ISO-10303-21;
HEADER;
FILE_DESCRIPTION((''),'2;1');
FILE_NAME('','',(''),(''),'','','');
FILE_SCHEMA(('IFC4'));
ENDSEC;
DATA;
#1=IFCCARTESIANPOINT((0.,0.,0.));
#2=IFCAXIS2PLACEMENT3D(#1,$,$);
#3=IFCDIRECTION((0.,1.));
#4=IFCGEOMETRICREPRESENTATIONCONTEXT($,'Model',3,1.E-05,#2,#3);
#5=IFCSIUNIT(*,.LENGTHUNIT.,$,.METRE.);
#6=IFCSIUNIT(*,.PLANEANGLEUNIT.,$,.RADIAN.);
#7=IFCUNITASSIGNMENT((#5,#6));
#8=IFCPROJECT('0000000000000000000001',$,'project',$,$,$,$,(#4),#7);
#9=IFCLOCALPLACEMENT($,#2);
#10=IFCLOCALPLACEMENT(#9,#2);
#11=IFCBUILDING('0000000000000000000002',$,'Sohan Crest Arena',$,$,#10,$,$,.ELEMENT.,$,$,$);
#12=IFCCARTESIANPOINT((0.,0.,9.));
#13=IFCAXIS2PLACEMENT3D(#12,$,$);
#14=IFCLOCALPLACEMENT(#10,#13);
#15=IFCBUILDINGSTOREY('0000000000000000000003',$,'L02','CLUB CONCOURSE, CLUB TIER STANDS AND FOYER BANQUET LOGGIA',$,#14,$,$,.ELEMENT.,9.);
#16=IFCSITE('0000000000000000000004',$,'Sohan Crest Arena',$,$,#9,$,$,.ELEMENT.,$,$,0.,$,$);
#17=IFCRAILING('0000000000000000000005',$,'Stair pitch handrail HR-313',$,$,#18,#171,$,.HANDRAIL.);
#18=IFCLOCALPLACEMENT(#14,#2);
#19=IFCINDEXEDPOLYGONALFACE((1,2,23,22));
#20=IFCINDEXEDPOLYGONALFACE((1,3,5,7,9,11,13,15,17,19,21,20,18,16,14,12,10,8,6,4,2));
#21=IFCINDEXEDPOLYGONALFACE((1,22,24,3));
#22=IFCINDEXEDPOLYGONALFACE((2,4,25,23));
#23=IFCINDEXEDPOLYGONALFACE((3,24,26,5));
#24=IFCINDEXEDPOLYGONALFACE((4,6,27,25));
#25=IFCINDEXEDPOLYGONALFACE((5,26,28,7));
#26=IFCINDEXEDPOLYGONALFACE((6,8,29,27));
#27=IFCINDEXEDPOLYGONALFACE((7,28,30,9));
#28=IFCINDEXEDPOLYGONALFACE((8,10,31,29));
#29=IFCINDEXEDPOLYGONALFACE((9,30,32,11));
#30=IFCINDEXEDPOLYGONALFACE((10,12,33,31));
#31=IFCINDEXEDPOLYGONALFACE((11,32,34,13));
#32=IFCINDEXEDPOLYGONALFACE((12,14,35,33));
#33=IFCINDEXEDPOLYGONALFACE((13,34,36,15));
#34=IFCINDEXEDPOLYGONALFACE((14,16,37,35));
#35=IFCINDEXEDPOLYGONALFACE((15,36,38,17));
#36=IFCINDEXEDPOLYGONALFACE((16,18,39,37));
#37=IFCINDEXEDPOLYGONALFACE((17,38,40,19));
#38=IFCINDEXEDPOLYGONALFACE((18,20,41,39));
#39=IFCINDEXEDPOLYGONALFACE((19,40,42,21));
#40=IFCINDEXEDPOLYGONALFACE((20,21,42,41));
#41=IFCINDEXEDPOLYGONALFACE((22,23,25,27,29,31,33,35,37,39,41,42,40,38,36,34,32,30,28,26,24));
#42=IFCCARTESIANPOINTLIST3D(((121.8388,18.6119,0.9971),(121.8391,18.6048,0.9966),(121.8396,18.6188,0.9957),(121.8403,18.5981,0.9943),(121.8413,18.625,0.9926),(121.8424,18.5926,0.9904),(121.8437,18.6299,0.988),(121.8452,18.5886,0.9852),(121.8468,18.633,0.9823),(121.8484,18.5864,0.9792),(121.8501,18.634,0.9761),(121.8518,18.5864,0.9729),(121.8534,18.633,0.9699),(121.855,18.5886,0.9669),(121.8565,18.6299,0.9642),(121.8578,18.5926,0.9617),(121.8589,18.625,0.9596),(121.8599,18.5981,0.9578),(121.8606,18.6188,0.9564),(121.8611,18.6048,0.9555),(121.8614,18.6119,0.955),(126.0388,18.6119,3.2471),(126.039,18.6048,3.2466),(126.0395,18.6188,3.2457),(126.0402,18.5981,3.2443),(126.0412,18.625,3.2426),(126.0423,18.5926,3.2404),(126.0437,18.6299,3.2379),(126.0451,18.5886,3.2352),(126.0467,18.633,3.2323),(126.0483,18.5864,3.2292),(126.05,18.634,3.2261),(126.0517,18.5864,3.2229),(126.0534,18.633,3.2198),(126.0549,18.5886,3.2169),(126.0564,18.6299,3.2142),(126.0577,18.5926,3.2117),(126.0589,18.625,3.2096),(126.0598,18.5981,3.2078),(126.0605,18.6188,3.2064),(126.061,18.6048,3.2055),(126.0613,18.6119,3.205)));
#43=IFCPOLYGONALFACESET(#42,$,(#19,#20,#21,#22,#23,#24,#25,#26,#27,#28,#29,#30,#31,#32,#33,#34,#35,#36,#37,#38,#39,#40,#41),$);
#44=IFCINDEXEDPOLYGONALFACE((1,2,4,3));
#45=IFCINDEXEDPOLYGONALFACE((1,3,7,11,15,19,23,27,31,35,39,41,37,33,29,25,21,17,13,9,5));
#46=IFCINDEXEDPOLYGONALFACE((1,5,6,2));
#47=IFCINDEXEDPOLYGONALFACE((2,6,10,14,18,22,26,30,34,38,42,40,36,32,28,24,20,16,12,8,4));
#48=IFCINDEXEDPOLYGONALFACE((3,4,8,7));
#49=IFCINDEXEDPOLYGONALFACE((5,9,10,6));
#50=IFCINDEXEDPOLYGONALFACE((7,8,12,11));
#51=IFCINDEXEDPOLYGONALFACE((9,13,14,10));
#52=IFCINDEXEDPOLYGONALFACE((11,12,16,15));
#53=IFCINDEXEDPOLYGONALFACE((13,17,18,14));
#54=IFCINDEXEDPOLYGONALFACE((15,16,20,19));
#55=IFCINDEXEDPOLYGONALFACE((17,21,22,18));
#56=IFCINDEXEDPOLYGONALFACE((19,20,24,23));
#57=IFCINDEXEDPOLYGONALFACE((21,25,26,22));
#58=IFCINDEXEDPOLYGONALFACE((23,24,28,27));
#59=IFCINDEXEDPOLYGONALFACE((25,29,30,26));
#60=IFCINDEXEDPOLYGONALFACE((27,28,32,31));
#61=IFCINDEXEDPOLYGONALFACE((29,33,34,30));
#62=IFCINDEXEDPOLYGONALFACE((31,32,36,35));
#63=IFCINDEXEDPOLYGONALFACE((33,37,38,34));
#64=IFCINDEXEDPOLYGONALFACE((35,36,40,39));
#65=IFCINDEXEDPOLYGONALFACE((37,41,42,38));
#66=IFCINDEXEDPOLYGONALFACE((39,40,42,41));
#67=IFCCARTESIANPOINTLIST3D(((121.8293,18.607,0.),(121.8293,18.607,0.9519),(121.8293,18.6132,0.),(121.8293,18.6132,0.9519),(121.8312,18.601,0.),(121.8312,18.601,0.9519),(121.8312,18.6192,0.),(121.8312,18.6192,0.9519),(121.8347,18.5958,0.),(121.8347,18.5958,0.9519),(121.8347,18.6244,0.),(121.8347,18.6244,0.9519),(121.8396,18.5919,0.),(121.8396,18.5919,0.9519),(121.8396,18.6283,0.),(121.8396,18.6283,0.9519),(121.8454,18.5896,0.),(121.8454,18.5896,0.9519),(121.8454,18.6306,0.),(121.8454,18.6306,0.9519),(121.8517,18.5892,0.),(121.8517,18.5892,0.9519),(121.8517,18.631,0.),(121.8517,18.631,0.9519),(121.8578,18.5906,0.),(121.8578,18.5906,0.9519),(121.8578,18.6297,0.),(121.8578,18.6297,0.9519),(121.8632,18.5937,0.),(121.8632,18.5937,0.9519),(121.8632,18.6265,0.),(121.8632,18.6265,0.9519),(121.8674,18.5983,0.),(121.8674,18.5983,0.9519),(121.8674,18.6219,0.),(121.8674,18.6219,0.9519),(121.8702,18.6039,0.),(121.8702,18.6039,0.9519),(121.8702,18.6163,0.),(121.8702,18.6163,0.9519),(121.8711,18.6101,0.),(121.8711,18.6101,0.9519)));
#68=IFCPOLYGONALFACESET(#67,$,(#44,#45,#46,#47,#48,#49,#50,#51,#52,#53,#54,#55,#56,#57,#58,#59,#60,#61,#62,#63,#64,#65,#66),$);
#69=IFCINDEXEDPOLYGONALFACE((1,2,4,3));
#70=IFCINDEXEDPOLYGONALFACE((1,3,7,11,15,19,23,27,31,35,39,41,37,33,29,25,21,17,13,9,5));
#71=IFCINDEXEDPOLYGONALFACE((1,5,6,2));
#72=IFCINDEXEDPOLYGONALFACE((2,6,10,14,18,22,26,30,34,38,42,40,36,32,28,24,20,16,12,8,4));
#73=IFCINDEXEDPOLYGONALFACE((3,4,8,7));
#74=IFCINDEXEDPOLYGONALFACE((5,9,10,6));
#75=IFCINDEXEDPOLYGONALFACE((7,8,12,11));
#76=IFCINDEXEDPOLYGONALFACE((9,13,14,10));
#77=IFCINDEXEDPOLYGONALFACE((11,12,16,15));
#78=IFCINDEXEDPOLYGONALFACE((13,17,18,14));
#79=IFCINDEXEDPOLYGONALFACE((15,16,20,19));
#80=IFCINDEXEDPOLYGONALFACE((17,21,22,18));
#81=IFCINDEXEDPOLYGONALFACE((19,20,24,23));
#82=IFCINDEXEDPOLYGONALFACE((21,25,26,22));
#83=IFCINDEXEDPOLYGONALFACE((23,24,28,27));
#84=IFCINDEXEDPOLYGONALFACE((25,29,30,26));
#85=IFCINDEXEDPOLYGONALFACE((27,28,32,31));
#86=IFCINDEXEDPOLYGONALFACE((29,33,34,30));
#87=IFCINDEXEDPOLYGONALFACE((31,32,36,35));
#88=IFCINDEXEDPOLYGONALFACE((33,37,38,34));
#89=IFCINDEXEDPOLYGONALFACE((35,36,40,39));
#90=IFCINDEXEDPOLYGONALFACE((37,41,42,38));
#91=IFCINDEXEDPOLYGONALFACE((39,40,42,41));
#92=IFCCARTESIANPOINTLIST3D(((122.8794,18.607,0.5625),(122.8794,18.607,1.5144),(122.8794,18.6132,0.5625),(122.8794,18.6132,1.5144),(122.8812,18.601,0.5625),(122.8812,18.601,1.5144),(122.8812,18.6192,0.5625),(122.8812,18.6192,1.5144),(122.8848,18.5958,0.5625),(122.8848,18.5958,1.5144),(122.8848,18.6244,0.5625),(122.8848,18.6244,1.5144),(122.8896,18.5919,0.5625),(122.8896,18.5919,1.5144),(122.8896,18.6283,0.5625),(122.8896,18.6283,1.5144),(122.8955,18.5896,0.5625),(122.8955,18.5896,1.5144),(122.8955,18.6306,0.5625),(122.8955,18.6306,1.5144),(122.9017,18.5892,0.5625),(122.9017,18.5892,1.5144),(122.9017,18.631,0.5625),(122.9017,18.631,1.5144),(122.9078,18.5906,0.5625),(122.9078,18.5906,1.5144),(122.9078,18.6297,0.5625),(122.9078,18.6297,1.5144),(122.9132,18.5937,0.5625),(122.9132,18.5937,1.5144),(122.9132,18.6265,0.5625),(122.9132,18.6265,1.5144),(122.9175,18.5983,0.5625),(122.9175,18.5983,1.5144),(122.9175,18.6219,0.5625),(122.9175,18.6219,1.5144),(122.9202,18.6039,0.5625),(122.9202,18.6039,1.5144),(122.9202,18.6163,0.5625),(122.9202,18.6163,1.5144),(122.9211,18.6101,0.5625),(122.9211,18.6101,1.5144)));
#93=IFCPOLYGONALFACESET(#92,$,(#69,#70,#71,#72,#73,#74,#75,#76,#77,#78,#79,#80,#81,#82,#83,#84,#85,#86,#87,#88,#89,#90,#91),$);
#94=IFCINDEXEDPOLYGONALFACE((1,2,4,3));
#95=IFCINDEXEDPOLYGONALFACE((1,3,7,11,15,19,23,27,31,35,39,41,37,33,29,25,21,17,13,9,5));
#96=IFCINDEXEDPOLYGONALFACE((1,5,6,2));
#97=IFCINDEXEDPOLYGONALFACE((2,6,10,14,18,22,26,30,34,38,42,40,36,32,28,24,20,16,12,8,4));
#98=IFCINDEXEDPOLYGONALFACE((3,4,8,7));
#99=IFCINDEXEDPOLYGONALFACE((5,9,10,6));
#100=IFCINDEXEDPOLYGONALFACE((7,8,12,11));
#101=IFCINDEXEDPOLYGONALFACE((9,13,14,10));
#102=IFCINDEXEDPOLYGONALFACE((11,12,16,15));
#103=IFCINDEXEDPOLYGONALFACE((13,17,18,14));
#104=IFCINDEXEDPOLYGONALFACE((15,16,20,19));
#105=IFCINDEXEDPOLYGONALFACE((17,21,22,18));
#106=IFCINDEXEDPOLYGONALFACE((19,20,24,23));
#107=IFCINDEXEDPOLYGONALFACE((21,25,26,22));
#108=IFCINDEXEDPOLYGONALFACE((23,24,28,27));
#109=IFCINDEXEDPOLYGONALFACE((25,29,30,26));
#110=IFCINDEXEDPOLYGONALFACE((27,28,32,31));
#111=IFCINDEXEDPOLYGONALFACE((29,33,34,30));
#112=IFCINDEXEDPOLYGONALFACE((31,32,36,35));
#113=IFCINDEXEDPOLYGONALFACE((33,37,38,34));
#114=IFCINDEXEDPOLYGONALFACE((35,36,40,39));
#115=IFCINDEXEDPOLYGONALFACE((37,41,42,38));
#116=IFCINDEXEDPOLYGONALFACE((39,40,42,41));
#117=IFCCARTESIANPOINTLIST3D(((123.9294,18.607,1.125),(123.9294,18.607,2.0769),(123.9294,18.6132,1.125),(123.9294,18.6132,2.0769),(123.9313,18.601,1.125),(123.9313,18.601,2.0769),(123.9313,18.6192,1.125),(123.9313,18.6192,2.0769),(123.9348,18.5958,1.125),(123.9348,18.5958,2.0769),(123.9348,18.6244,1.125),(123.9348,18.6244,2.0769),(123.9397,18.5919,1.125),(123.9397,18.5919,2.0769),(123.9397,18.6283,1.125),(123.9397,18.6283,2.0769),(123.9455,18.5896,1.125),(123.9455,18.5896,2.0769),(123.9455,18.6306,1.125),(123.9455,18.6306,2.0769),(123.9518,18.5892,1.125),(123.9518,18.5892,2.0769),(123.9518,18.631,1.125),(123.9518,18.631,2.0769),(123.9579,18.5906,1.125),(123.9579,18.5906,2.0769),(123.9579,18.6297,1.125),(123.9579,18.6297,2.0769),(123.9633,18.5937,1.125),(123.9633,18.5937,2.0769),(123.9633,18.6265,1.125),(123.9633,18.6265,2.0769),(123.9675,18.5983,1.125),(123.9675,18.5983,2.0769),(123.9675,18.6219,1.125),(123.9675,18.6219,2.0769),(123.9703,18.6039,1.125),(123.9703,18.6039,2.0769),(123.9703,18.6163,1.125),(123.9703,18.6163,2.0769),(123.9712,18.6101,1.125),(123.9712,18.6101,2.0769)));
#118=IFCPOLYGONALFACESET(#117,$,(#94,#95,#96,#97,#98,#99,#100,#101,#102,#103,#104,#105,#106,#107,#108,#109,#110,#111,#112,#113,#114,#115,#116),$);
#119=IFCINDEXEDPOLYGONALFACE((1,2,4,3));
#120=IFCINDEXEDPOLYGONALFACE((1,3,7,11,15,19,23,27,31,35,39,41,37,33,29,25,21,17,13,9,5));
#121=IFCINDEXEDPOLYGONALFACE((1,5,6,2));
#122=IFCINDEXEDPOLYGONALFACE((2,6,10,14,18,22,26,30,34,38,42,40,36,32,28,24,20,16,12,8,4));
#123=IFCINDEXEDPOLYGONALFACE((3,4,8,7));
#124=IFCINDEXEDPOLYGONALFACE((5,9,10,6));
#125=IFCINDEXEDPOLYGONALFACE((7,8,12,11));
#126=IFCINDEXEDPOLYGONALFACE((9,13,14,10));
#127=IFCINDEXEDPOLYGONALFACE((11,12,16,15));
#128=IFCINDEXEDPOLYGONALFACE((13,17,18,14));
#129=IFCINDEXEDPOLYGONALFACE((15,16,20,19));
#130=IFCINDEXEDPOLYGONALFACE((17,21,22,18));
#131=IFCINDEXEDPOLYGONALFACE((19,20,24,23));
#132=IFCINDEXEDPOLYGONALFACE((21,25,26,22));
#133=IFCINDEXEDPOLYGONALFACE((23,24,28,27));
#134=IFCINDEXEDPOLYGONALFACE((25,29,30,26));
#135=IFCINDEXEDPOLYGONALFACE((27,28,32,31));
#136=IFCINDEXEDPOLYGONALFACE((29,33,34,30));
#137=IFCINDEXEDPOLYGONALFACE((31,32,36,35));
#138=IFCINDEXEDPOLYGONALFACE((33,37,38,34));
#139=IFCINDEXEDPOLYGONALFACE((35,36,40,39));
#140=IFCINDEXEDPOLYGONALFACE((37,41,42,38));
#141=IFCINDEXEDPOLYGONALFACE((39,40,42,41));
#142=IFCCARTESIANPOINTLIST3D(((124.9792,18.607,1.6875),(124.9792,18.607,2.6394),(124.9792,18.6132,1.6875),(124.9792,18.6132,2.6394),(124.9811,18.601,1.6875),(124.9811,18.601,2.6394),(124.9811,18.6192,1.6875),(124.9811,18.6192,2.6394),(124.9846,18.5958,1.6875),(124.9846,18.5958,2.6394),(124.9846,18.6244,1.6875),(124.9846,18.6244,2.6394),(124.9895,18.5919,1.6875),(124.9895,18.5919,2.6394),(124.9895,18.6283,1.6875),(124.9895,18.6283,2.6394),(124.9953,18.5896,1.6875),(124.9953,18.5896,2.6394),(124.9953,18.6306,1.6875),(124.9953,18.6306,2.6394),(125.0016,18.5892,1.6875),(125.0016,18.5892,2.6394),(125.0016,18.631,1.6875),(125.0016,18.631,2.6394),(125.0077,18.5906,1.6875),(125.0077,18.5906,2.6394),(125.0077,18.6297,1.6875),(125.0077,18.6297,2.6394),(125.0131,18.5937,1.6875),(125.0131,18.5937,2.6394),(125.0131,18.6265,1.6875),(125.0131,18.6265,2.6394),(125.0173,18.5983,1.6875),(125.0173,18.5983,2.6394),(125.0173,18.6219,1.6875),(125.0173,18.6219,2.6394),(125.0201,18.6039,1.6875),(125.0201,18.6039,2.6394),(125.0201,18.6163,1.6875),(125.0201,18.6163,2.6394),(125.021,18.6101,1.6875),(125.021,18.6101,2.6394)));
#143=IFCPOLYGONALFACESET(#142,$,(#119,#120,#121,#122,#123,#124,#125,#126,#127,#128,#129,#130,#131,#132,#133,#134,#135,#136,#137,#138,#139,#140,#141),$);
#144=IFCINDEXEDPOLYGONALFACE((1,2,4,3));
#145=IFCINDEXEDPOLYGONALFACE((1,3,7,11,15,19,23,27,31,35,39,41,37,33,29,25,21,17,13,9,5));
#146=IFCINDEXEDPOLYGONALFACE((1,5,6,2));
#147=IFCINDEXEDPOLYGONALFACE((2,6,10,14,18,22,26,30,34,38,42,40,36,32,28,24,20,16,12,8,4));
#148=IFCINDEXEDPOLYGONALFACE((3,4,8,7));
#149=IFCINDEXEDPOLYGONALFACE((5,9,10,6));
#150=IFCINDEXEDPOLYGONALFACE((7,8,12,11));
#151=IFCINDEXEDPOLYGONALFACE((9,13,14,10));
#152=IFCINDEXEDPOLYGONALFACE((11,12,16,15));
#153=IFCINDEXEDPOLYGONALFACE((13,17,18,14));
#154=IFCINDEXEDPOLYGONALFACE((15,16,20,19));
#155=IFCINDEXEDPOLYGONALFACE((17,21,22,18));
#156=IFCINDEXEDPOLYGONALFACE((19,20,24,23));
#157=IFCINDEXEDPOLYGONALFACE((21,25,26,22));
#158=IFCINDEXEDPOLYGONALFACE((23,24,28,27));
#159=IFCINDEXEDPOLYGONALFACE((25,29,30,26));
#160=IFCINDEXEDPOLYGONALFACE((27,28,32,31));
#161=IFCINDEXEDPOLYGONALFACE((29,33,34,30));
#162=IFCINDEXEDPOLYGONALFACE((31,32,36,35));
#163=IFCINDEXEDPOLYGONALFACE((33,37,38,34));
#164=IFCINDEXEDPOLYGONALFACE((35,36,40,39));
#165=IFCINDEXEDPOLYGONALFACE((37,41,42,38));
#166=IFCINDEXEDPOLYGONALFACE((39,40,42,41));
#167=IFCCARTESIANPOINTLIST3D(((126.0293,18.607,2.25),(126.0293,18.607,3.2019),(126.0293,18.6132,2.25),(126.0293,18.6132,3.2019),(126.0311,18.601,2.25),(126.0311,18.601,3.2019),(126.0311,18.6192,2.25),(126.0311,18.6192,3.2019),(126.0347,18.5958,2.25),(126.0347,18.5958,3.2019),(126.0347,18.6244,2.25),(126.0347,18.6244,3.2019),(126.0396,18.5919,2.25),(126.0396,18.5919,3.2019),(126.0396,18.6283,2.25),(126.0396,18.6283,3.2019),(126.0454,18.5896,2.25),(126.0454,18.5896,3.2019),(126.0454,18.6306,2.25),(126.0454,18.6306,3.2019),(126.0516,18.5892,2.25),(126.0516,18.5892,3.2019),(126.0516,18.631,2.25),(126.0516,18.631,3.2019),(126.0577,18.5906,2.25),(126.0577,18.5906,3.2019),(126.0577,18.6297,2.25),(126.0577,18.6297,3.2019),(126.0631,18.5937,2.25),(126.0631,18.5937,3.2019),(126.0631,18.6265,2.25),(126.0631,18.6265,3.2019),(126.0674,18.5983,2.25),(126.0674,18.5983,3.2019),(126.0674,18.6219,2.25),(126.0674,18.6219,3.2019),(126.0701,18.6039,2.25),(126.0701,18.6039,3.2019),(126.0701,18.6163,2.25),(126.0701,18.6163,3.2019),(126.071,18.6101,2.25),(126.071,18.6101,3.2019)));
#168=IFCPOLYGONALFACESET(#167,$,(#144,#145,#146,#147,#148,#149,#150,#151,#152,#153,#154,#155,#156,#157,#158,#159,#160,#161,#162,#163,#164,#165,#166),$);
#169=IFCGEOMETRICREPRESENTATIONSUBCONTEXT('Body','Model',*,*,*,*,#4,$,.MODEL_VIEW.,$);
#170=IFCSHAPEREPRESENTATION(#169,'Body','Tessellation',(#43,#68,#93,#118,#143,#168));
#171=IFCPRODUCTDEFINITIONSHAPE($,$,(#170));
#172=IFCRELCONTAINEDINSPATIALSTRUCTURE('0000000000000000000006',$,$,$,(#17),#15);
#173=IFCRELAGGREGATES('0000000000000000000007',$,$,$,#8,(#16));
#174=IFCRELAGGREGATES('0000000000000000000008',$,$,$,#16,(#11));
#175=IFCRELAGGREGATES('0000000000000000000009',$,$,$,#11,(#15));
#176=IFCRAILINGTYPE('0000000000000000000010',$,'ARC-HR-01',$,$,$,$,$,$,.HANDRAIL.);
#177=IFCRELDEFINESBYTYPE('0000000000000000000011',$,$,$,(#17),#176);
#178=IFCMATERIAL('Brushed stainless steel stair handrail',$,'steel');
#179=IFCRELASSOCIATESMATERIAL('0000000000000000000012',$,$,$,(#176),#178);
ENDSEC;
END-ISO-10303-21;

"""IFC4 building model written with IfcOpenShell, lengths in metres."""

from ifc_helpers import new_model, si_unit, direction, frame, origin, origin_2d, place, context, subcontext, project, spatial, circle, extrude, material, type_object, element, save


model = new_model("IFC4")

# Units and contexts
model_context = context("Model", 3, precision=1e-05, world=origin(), true_north=direction((0.0, 1.0)))
body_context = subcontext(model_context, "Body", "Model", "MODEL_VIEW")
ifc_project = project(units=[si_unit("LENGTHUNIT", "METRE"), si_unit("PLANEANGLEUNIT", "RADIAN")], contexts=[model_context])

# Site, building, storey
site_placement = place(None, origin())
site = spatial("IfcSite", under=ifc_project, at=site_placement, Name="Sohan Crest Arena", CompositionType="ELEMENT", RefElevation=0.0)
building_placement = place(site_placement, origin())
building = spatial("IfcBuilding", under=site, at=building_placement, Name="Sohan Crest Arena", CompositionType="ELEMENT")
storey_placement = place(building_placement, frame((0.0, 0.0, 9.0)))
storey = spatial("IfcBuildingStorey", under=building, at=storey_placement, Name="L02", Description="CLUB CONCOURSE, CLUB TIER STANDS AND FOYER BANQUET LOGGIA", CompositionType="ELEMENT", Elevation=9.0)

# Railing
ifc_material_1 = material(Name="Brushed stainless steel stair handrail", Category="steel")
railing_type_1 = type_object("IfcRailingType", Name="ARC-HR-01", PredefinedType="HANDRAIL", material=ifc_material_1)
for number, where, name in (
    (1, (121.8501, 18.6101, 0.0), "Stair pitch handrail HR-313"),
):
    element("IfcRailing", number, at=place(storey_placement, frame(where)), inside=storey, type_object=railing_type_1, Name=name, PredefinedType="HANDRAIL", context=body_context, shape_type="SweptSolid", body=[
        extrude(circle(Radius=0.0239, at=origin_2d()), frame((0.0, 0.0, 0.9761), z_axis=(0.881478, 0.0, 0.472226), x_axis=(0.0, 1.0, 0.0)), (0.0, 0.0, 1.0), 4.7646),
        extrude(circle(Radius=0.021, at=origin_2d()), origin(), (0.0, 0.0, 1.0), 0.9519),
        extrude(circle(Radius=0.021, at=origin_2d()), frame((1.05, 0.0, 0.5625)), (0.0, 0.0, 1.0), 0.9519),
        extrude(circle(Radius=0.021, at=origin_2d()), frame((2.1001, 0.0, 1.125)), (0.0, 0.0, 1.0), 0.9519),
        extrude(circle(Radius=0.021, at=origin_2d()), frame((3.1499, 0.0, 1.6875)), (0.0, 0.0, 1.0), 0.9519),
        extrude(circle(Radius=0.021, at=origin_2d()), frame((4.2, 0.0, 2.25)), (0.0, 0.0, 1.0), 0.9519),
    ])

save(model, "model.ifc")
